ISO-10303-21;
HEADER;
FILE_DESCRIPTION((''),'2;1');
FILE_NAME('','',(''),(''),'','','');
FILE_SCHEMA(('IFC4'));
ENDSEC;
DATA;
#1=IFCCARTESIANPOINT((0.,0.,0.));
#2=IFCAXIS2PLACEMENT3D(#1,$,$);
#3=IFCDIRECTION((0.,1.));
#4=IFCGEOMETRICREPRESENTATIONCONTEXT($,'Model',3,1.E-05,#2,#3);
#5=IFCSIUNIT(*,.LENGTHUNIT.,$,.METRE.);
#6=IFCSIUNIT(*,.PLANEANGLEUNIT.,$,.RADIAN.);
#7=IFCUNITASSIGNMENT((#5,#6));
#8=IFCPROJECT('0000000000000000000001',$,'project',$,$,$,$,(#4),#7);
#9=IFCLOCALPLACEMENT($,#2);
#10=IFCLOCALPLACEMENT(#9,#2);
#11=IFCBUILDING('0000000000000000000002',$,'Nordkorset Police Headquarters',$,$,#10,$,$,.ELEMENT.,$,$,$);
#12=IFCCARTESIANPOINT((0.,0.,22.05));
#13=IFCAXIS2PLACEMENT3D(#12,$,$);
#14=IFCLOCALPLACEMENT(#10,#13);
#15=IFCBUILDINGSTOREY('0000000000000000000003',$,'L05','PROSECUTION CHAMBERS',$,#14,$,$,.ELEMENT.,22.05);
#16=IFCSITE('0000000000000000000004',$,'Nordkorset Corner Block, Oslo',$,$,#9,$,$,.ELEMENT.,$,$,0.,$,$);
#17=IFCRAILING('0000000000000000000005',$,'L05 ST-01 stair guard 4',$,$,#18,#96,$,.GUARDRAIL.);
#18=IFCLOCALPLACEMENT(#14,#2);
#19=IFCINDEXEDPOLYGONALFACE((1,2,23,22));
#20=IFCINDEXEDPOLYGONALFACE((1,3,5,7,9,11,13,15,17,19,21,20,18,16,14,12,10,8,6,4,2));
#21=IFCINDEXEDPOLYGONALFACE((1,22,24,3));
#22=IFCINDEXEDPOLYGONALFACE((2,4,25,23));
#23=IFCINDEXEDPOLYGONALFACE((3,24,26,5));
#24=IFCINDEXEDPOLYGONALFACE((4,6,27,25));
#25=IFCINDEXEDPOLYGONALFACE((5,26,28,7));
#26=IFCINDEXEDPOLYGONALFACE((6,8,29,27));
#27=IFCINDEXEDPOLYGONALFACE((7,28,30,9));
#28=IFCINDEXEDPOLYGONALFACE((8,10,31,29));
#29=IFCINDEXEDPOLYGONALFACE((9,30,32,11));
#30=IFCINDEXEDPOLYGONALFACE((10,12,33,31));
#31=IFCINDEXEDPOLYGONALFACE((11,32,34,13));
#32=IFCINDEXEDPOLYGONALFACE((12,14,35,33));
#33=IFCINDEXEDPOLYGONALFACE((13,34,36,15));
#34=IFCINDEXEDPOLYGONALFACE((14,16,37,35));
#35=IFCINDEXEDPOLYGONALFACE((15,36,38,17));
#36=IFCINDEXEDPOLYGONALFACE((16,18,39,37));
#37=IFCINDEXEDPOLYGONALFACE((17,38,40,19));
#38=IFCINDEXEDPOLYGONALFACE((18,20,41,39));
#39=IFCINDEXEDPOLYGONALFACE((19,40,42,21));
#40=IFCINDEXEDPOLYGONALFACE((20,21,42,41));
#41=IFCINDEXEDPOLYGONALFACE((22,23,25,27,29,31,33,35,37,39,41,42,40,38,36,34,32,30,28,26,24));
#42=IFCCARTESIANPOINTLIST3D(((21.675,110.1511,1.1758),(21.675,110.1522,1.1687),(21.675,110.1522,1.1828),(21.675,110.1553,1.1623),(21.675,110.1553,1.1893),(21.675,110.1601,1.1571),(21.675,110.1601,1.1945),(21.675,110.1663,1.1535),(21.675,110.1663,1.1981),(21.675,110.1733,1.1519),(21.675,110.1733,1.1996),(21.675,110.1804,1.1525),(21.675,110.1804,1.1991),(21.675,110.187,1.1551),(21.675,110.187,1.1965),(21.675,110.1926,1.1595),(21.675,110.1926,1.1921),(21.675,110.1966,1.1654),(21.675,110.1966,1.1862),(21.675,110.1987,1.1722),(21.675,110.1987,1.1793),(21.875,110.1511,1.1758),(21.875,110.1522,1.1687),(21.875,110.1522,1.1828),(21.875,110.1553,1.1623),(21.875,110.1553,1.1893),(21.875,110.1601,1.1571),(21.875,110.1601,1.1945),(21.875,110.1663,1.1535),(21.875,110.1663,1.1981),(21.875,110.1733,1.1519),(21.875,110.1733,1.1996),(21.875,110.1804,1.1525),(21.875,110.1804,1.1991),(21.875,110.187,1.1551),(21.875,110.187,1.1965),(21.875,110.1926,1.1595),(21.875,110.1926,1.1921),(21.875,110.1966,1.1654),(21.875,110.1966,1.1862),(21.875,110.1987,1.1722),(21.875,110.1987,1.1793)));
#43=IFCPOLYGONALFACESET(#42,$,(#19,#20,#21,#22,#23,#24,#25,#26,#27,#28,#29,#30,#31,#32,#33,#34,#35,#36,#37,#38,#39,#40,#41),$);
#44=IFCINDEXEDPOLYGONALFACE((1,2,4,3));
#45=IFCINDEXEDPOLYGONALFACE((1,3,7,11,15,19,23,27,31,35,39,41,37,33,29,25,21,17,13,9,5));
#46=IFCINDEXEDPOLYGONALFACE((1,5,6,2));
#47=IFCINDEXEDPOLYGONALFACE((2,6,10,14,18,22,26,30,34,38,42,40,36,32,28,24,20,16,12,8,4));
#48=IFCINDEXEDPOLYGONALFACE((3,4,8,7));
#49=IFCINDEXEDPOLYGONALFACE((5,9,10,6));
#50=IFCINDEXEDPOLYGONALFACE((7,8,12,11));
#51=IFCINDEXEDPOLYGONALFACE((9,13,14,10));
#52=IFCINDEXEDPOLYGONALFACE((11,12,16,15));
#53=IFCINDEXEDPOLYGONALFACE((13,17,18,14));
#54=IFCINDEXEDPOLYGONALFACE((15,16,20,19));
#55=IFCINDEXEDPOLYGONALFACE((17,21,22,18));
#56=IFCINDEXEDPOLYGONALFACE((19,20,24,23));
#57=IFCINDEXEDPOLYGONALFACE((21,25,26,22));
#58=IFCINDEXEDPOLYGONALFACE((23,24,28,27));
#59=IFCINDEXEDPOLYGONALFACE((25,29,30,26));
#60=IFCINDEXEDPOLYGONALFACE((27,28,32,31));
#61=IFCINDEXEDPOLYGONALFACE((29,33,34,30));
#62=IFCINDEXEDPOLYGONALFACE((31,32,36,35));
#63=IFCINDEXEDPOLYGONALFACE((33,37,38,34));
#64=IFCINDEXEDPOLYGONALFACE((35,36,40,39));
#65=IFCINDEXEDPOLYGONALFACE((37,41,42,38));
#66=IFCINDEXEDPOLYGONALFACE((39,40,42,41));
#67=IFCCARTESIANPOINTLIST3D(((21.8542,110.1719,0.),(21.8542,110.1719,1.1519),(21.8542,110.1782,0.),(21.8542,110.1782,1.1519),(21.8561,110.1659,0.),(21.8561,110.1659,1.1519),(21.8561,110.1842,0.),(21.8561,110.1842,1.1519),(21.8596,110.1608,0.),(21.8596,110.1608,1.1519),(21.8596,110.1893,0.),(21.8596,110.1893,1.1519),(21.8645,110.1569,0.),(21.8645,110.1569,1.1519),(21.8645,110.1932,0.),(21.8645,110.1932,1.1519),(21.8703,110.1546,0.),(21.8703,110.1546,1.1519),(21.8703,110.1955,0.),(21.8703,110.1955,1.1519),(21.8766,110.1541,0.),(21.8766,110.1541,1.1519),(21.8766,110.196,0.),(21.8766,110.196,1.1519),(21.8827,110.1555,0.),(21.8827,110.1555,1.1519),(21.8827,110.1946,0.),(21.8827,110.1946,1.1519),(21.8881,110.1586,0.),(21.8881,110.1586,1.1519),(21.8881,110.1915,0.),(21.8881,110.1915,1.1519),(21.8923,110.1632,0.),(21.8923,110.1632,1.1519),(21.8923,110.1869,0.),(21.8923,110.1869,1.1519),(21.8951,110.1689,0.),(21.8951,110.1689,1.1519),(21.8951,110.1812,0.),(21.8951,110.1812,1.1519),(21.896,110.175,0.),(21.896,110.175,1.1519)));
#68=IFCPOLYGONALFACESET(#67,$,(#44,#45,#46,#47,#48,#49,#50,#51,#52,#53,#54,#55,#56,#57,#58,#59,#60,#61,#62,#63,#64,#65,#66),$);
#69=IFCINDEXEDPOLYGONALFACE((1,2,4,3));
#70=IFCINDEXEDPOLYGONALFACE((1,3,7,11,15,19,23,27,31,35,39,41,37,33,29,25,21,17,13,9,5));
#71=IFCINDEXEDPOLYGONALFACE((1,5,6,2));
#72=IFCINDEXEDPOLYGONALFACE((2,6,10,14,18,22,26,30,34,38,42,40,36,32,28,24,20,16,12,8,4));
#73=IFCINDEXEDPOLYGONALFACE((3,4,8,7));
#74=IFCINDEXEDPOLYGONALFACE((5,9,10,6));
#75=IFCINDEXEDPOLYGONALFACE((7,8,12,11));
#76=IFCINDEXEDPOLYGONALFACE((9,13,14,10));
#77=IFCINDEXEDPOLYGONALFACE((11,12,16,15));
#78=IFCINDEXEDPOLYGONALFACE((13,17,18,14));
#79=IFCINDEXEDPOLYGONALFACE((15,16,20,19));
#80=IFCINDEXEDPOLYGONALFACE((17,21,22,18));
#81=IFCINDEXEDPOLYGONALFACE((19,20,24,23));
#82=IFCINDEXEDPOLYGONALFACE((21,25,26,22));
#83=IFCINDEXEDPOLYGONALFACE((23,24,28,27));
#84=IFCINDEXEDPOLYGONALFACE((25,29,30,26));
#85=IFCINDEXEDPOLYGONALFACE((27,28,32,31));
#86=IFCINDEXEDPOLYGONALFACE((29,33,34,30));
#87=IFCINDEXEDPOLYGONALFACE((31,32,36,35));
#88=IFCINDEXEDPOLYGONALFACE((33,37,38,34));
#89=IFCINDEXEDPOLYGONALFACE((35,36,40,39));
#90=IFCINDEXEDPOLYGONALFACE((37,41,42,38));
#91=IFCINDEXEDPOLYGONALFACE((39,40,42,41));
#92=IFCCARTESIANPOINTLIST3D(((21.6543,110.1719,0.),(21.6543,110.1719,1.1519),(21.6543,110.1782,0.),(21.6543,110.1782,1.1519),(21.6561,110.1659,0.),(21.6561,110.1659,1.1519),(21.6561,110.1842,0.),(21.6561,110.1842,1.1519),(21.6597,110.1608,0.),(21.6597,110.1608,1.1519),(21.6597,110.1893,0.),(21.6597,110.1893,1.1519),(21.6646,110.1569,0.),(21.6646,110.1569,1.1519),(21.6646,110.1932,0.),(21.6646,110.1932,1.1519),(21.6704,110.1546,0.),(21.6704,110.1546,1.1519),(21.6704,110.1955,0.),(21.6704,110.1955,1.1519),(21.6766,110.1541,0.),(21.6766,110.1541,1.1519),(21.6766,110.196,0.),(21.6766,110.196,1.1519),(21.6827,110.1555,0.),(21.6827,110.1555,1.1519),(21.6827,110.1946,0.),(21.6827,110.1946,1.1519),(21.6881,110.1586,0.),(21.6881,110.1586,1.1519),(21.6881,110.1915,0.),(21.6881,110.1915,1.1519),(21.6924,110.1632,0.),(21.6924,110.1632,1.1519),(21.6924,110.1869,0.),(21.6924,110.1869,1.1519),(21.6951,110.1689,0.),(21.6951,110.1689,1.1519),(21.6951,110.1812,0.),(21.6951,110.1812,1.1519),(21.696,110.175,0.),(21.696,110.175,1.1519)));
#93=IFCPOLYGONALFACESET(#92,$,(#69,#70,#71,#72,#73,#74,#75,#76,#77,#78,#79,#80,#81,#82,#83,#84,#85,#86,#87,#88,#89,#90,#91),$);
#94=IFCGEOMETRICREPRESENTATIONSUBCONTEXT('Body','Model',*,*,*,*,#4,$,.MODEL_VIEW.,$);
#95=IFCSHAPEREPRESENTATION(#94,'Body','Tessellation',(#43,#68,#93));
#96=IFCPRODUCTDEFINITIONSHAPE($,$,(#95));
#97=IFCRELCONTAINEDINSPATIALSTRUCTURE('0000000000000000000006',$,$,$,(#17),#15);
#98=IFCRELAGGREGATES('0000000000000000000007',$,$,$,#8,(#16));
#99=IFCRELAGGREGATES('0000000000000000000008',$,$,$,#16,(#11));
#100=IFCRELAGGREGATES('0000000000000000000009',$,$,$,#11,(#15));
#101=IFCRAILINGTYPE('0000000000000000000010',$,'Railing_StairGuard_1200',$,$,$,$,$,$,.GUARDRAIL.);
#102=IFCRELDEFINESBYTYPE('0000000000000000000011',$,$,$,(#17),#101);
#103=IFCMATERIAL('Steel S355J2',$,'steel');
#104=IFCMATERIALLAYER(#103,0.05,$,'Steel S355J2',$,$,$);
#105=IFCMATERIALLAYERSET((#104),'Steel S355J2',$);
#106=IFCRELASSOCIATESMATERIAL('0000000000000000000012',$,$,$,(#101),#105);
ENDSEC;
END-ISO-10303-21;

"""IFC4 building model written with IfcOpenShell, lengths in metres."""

from ifc_helpers import new_model, si_unit, direction, frame, origin, origin_2d, place, context, subcontext, project, spatial, circle, extrude, material, layer, layer_set, type_object, element, save


model = new_model("IFC4")

# Units and contexts
model_context = context("Model", 3, precision=1e-05, world=origin(), true_north=direction((0.0, 1.0)))
body_context = subcontext(model_context, "Body", "Model", "MODEL_VIEW")
ifc_project = project(units=[si_unit("LENGTHUNIT", "METRE"), si_unit("PLANEANGLEUNIT", "RADIAN")], contexts=[model_context])

# Site, building, storey
site_placement = place(None, origin())
site = spatial("IfcSite", under=ifc_project, at=site_placement, Name="Nordkorset Corner Block, Oslo", CompositionType="ELEMENT", RefElevation=0.0)
building_placement = place(site_placement, origin())
building = spatial("IfcBuilding", under=site, at=building_placement, Name="Nordkorset Police Headquarters", CompositionType="ELEMENT")
storey_placement = place(building_placement, frame((0.0, 0.0, 22.05)))
storey = spatial("IfcBuildingStorey", under=building, at=storey_placement, Name="L05", Description="PROSECUTION CHAMBERS", CompositionType="ELEMENT", Elevation=22.05)

# Railing
ifc_material_1 = material(Name="Steel S355J2", Category="steel")
ifc_layer_1 = layer(ifc_material_1, 0.05, Name="Steel S355J2")
ifc_layer_set_1 = layer_set([ifc_layer_1], Name="Steel S355J2")
railing_type_1 = type_object("IfcRailingType", Name="Railing_StairGuard_1200", PredefinedType="GUARDRAIL", material=ifc_layer_set_1)
railing_1_placement = place(storey_placement, frame((21.875, 110.175, 0.0)))
element("IfcRailing", 1, at=railing_1_placement, inside=storey, type_object=railing_type_1, Name="L05 ST-01 stair guard 4", PredefinedType="GUARDRAIL", context=body_context, shape_type="SweptSolid", body=[
    extrude(circle(Radius=0.0239, at=origin_2d()), frame((0.0, 0.0, 1.1758), z_axis=(-1.0, 0.0, 0.0), x_axis=(0.0, -1.0, 0.0)), (0.0, 0.0, 1.0), 0.2),
    extrude(circle(Radius=0.021, at=origin_2d()), origin(), (0.0, 0.0, 1.0), 1.1519),
    extrude(circle(Radius=0.021, at=origin_2d()), frame((-0.2, 0.0, 0.0)), (0.0, 0.0, 1.0), 1.1519),
])

save(model, "model.ifc")
